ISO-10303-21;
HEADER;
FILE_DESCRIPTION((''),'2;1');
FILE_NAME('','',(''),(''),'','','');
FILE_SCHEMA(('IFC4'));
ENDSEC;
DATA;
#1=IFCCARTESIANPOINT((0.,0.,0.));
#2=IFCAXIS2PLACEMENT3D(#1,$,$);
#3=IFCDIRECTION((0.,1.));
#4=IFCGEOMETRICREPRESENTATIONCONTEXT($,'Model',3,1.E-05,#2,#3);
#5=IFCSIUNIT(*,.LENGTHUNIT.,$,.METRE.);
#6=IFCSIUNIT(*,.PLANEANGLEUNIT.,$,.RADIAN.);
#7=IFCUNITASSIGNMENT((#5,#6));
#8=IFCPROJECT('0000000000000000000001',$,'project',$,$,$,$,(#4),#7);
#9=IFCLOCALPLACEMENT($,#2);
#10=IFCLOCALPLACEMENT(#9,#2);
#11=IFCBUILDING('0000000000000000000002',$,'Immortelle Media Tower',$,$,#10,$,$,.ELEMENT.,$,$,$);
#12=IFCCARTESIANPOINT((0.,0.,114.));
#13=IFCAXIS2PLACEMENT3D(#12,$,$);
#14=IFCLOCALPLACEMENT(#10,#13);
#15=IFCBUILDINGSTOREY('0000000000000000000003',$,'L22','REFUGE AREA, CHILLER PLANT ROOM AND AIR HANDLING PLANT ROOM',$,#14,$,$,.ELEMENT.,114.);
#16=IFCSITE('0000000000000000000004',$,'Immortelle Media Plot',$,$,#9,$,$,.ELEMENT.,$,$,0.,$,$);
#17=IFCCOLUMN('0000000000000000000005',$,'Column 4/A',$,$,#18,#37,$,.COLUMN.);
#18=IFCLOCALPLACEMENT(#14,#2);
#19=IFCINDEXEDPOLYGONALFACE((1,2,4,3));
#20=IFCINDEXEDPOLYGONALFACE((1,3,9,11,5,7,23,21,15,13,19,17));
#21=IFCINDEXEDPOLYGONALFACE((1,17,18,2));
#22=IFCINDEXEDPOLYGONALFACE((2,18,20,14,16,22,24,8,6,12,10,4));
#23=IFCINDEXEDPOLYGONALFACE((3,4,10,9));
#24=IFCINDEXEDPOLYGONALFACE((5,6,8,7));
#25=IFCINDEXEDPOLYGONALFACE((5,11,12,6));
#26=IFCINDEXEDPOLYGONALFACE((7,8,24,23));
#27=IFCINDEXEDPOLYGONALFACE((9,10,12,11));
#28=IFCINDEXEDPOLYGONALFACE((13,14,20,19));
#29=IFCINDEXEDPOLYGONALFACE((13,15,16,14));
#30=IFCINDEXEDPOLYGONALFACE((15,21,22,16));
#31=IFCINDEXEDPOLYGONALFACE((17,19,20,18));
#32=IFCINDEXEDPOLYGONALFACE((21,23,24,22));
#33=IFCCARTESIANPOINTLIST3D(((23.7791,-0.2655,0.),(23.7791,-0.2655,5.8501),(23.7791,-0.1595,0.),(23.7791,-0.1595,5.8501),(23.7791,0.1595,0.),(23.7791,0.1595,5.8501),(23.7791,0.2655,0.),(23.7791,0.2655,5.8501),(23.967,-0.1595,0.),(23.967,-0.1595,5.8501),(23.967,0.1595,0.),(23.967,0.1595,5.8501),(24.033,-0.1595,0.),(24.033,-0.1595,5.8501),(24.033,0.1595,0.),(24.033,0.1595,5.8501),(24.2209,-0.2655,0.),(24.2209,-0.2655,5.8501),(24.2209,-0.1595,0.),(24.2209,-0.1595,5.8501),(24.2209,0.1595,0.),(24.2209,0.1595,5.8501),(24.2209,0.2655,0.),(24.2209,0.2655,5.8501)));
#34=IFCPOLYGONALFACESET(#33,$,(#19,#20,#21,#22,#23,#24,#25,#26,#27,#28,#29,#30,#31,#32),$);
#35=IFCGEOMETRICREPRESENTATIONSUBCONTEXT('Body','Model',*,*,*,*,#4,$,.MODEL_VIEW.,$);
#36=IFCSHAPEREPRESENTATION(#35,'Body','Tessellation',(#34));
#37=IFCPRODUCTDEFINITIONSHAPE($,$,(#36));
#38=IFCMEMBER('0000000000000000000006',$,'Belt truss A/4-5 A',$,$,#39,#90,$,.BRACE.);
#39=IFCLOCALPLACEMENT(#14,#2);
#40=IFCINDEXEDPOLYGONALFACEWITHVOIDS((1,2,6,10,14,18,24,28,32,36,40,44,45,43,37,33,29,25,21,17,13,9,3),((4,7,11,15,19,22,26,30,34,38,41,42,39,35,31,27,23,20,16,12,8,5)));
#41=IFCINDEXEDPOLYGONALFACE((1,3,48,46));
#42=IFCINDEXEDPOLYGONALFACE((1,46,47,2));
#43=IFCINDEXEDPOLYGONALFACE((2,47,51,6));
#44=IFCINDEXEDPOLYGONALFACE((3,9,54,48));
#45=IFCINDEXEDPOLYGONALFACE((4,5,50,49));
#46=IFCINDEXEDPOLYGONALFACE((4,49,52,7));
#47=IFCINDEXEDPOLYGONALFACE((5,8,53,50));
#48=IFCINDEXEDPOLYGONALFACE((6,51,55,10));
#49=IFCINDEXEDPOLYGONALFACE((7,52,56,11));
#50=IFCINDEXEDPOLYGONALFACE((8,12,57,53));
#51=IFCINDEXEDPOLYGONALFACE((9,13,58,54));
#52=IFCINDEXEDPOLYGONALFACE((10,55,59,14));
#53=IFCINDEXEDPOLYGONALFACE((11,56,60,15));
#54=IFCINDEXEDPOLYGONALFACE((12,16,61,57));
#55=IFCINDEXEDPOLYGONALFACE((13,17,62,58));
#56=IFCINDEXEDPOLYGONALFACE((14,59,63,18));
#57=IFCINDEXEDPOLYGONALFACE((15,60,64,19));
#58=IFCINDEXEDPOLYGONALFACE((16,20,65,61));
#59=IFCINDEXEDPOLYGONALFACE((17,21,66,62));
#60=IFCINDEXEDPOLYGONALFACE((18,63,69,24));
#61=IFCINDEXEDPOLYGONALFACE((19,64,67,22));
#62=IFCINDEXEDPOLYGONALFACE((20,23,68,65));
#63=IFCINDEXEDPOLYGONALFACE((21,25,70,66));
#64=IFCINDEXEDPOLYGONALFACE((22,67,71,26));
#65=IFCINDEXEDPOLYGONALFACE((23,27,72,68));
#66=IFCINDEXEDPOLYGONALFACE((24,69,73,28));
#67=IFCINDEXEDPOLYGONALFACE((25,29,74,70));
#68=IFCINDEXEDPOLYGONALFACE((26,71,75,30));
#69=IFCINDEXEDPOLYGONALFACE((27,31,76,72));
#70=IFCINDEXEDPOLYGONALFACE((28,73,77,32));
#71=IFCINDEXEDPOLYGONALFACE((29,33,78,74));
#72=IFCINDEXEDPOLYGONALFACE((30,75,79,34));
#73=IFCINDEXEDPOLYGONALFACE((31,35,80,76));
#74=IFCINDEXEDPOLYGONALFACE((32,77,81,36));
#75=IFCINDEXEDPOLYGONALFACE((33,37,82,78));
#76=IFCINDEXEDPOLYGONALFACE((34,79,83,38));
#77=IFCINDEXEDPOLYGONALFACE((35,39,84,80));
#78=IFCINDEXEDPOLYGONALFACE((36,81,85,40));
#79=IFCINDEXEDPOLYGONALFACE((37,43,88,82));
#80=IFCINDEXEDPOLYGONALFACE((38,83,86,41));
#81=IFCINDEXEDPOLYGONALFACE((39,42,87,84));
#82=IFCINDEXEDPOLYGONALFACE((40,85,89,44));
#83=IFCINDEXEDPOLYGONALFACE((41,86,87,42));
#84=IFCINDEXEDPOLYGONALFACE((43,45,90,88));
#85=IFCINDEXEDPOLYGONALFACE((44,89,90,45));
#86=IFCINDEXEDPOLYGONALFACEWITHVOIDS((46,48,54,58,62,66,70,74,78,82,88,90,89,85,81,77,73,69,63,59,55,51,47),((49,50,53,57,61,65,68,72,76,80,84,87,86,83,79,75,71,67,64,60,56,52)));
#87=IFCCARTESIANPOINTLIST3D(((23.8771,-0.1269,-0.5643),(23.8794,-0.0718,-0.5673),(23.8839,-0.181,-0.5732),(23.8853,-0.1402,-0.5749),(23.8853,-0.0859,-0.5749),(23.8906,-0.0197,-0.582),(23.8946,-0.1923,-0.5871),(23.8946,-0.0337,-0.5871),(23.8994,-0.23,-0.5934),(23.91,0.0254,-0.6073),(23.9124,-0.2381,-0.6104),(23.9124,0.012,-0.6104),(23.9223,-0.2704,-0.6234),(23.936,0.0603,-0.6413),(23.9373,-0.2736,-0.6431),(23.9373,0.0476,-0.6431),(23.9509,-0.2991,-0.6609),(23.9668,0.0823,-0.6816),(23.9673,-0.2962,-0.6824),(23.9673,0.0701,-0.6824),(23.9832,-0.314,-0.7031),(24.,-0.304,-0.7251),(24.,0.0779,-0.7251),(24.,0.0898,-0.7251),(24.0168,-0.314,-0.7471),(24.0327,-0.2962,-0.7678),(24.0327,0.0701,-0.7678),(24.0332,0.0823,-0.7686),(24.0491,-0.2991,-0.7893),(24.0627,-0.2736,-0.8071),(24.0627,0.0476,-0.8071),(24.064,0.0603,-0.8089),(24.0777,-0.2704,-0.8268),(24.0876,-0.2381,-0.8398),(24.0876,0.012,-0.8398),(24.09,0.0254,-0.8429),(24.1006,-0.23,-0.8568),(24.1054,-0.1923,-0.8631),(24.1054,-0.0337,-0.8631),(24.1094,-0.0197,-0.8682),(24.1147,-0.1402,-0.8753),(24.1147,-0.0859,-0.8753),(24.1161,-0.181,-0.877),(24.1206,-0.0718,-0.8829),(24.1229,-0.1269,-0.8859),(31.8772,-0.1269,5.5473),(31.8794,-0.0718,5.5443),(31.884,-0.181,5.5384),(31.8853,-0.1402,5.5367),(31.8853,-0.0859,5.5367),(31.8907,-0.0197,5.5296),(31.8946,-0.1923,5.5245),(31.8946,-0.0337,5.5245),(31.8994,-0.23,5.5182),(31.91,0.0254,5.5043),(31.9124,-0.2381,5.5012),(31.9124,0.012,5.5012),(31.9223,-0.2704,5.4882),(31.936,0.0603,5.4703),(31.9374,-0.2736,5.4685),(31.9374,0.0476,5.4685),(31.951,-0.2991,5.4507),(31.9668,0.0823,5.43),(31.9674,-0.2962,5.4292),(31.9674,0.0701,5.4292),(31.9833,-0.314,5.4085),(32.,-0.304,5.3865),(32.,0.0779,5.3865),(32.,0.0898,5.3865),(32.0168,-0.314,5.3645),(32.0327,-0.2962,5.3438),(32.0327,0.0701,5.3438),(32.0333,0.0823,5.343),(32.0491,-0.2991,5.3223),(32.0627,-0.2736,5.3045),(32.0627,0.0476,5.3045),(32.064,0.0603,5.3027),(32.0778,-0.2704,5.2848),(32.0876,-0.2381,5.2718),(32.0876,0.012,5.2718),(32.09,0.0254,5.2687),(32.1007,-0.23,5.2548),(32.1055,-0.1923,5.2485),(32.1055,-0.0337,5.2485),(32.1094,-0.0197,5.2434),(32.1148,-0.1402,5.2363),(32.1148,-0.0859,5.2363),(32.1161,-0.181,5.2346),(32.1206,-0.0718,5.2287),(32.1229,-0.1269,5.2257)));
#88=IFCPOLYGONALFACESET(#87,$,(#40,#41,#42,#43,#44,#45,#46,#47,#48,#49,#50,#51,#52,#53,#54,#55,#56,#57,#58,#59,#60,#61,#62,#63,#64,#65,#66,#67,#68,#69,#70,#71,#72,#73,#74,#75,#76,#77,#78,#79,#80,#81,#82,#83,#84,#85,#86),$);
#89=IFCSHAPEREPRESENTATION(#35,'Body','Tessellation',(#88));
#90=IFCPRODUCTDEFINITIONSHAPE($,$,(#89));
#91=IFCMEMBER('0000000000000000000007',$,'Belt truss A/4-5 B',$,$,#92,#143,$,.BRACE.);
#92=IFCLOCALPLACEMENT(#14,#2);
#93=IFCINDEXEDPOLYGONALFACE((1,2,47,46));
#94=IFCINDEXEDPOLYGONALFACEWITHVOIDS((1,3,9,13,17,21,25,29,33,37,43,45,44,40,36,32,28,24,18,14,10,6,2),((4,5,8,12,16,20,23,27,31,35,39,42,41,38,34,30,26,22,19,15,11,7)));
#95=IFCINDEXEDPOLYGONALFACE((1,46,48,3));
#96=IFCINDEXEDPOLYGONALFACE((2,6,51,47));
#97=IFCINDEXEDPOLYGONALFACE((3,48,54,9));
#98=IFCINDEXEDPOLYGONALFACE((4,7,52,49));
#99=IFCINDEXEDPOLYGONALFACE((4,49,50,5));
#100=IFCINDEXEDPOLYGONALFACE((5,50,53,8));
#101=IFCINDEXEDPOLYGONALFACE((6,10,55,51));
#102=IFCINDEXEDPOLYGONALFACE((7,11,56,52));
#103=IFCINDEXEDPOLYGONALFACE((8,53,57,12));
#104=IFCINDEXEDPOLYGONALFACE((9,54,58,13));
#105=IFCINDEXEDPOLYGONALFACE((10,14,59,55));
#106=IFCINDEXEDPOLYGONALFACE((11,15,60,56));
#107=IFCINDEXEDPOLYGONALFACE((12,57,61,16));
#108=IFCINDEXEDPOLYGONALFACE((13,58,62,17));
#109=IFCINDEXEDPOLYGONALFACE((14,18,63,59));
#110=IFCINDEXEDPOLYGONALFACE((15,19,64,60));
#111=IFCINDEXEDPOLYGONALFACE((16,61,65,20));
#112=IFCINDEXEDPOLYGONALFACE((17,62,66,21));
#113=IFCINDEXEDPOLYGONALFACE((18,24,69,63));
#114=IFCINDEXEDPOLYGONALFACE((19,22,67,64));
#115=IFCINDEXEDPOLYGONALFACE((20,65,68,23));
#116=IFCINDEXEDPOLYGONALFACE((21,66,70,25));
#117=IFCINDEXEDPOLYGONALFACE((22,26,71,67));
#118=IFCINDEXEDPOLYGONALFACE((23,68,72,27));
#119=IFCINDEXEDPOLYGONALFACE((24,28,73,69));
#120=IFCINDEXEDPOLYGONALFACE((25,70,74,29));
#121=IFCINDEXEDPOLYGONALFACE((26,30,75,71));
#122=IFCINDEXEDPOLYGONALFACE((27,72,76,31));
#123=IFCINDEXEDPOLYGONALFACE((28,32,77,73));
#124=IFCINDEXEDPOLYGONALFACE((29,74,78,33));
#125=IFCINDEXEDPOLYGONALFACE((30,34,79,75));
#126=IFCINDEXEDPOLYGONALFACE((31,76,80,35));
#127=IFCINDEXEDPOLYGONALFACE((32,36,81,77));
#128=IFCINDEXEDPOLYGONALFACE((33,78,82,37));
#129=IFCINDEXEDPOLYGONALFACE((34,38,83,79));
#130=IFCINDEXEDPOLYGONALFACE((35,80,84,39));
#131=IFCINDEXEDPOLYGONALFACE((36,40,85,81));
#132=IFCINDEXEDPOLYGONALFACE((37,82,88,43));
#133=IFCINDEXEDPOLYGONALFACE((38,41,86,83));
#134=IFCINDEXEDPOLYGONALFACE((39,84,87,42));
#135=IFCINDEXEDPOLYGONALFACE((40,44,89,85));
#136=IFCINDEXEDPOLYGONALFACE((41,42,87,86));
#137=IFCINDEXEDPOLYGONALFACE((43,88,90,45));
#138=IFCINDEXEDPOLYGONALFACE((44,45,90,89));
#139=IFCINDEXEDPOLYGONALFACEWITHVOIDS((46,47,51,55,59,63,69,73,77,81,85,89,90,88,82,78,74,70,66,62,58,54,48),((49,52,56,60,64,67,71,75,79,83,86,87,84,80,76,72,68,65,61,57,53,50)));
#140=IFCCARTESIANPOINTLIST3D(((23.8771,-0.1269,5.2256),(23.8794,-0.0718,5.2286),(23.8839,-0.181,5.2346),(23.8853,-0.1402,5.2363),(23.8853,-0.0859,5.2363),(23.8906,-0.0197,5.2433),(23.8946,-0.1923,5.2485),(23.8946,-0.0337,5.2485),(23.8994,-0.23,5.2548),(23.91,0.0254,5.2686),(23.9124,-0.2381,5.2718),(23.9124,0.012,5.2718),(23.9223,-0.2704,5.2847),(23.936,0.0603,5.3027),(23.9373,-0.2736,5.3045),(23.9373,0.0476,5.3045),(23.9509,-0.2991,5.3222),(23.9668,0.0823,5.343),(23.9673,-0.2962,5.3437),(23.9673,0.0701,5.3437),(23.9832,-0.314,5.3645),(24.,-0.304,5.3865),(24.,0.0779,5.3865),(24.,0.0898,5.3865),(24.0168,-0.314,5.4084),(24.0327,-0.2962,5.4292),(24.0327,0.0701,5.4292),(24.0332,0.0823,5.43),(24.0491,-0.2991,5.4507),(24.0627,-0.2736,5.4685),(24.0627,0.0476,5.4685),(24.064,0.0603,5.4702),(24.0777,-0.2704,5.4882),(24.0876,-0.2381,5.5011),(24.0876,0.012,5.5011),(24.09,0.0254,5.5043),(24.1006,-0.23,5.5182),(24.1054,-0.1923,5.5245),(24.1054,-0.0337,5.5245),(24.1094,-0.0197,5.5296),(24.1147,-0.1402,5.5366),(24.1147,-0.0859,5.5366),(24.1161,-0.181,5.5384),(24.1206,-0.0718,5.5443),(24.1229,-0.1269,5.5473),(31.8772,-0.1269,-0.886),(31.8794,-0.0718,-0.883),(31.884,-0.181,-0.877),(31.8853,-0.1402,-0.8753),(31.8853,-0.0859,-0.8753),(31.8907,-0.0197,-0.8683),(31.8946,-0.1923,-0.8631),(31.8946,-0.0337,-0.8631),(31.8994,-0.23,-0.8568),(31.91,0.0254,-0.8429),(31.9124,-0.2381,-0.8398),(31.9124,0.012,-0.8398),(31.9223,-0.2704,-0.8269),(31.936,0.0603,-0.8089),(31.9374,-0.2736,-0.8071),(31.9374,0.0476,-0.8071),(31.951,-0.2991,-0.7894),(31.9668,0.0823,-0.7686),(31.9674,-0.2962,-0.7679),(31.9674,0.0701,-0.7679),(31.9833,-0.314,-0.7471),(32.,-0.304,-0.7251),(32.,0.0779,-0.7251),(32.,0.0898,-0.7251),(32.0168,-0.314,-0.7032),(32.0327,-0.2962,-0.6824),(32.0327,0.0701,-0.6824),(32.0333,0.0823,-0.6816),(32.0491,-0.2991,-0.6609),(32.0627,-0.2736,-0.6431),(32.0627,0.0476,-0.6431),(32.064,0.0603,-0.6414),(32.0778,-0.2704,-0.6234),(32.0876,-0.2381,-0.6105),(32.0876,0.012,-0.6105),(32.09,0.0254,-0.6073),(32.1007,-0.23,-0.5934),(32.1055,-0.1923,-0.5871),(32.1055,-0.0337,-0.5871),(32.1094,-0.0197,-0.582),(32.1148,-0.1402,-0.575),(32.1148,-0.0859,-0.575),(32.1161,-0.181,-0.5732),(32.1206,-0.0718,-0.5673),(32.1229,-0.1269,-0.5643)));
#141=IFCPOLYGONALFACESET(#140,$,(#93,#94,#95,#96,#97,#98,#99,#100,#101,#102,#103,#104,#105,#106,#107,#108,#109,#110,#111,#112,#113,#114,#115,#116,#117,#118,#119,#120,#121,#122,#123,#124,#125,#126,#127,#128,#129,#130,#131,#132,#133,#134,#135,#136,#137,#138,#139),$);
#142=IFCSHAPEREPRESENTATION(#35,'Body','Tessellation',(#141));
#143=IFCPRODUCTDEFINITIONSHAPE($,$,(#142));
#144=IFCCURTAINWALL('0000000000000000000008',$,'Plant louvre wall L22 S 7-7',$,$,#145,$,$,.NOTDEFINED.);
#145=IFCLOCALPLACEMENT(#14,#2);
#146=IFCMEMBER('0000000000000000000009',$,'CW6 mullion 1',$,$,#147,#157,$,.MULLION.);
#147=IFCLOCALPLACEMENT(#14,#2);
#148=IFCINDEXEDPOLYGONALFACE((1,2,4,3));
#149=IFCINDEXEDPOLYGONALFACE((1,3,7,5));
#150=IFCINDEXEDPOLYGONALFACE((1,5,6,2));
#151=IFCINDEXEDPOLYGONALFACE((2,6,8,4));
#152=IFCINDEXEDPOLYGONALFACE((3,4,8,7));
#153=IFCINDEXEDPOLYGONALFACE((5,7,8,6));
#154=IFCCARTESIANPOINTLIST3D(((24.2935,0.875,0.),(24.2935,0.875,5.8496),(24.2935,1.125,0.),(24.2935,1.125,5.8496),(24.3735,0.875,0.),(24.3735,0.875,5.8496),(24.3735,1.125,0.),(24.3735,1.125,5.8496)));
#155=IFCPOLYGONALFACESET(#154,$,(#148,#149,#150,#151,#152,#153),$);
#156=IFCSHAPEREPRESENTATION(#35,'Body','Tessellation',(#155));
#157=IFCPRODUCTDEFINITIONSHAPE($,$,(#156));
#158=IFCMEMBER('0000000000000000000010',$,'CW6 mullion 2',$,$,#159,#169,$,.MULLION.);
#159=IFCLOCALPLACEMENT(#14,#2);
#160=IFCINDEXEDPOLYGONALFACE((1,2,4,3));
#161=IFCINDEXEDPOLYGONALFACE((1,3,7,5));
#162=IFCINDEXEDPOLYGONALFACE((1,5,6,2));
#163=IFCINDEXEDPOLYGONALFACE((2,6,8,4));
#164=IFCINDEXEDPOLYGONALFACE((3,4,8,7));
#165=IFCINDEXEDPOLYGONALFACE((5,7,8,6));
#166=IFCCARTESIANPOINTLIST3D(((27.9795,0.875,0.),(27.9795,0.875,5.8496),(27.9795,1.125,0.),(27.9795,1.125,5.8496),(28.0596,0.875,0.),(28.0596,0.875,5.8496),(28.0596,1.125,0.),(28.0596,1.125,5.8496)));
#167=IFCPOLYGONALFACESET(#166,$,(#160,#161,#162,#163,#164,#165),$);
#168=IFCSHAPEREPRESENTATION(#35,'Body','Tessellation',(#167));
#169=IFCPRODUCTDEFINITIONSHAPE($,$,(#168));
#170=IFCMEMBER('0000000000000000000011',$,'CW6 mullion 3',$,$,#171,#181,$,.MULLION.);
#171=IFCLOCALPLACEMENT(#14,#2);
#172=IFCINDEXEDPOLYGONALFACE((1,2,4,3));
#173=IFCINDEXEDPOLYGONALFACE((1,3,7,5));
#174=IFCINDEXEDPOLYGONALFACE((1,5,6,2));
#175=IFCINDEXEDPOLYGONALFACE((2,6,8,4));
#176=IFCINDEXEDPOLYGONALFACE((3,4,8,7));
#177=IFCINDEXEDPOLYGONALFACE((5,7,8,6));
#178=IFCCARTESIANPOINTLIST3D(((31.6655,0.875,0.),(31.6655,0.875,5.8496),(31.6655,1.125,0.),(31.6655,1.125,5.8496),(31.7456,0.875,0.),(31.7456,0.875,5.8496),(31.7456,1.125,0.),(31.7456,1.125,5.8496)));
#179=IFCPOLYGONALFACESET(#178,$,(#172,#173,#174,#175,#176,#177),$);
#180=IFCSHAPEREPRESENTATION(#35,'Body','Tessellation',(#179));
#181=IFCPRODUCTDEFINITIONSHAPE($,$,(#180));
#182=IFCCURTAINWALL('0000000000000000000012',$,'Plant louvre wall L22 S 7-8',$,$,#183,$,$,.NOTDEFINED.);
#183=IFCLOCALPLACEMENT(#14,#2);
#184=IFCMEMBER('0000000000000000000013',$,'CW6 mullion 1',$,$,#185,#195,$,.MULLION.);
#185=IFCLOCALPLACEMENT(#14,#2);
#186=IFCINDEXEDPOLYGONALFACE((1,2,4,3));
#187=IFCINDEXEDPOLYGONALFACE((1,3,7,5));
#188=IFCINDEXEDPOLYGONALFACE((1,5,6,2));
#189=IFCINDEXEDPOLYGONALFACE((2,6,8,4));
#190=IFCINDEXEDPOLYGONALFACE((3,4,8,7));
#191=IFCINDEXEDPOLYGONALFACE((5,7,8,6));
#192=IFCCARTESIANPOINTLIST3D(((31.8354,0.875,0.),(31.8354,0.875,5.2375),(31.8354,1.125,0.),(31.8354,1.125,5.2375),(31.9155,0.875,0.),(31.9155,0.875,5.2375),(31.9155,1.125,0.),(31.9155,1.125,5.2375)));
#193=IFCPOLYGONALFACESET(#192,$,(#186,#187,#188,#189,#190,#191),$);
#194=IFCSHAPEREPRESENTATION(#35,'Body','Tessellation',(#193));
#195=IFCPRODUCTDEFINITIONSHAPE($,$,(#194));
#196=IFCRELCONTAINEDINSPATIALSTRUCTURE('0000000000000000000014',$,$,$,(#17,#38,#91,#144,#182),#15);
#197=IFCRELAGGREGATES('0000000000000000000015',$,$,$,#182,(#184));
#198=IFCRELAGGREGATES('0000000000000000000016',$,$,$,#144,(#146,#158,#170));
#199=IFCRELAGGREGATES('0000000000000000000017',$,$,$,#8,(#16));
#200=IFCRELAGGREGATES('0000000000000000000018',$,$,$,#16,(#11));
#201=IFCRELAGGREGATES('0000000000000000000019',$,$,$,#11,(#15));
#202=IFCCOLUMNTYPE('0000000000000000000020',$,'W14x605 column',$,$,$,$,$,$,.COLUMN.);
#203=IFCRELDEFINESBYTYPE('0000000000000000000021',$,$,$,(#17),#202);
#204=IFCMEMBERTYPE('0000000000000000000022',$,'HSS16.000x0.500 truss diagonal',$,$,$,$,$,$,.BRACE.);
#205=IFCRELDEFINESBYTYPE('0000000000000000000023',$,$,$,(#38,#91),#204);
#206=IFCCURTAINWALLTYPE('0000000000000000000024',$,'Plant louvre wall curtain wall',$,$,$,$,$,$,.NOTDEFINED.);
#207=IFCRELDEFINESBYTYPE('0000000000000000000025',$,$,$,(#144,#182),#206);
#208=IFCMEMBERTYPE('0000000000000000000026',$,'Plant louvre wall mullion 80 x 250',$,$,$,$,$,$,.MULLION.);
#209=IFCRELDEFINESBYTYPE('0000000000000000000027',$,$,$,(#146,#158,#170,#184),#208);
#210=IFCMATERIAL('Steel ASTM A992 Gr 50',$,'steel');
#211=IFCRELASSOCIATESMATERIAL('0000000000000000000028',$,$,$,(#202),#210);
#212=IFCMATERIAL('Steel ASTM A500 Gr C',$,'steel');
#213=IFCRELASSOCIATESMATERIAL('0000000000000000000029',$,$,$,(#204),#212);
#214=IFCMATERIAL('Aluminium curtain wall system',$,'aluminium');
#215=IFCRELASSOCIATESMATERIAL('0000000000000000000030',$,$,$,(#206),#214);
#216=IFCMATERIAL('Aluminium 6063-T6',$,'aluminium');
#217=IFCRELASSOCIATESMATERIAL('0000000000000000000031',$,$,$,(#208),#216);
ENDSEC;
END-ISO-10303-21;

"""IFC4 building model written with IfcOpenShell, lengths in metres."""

from ifc_helpers import new_model, si_unit, direction, frame, origin, origin_2d, place, context, subcontext, project, spatial, rectangle, hollow_circle, i_section, extrude, material, material_profile, profile_set, type_object, element, aggregate, save


model = new_model("IFC4")

# Units and contexts
model_context = context("Model", 3, precision=1e-05, world=origin(), true_north=direction((0.0, 1.0)))
body_context = subcontext(model_context, "Body", "Model", "MODEL_VIEW")
ifc_project = project(units=[si_unit("LENGTHUNIT", "METRE"), si_unit("PLANEANGLEUNIT", "RADIAN")], contexts=[model_context])

# Site, building, storey
site_placement = place(None, origin())
site = spatial("IfcSite", under=ifc_project, at=site_placement, Name="Immortelle Media Plot", CompositionType="ELEMENT", RefElevation=0.0)
building_placement = place(site_placement, origin())
building = spatial("IfcBuilding", under=site, at=building_placement, Name="Immortelle Media Tower", CompositionType="ELEMENT")
storey_placement = place(building_placement, frame((0.0, 0.0, 114.0)))
storey = spatial("IfcBuildingStorey", under=building, at=storey_placement, Name="L22", Description="REFUGE AREA, CHILLER PLANT ROOM AND AIR HANDLING PLANT ROOM", CompositionType="ELEMENT", Elevation=114.0)

# Column
ifc_material_1 = material(Name="Steel ASTM A992 Gr 50", Category="steel")
ifc_material_profile_1 = material_profile(ifc_material_1, i_section(OverallWidth=0.4419, OverallDepth=0.531, WebThickness=0.0659, FlangeThickness=0.106, at=origin_2d()), Name="W14x605")
ifc_profile_set_1 = profile_set([ifc_material_profile_1], Name="Steel ASTM A992 Gr 50")
column_type = type_object("IfcColumnType", Name="W14x605 column", PredefinedType="COLUMN", material=ifc_profile_set_1)
column_placement = place(storey_placement, frame((24.0, 0.0, 0.0), z_axis=(0.0, 0.0, 1.0), x_axis=(1.0, 0.0, 0.0)))
element("IfcColumn", 1, at=column_placement, inside=storey, type_object=column_type, Name="Column 4/A", PredefinedType="COLUMN", context=body_context, shape_type="SweptSolid", body=[
    extrude(i_section(OverallWidth=0.4419, OverallDepth=0.531, WebThickness=0.0659, FlangeThickness=0.106, at=origin_2d()), origin(), (0.0, 0.0, 1.0), 5.8501),
])

# Members
ifc_material_2 = material(Name="Steel ASTM A500 Gr C", Category="steel")
ifc_material_profile_2 = material_profile(ifc_material_2, hollow_circle(Radius=0.2029, WallThickness=0.012, at=origin_2d()), Name="HSS16.000x0.500 truss diagonal")
ifc_profile_set_2 = profile_set([ifc_material_profile_2], Name="Steel ASTM A500 Gr C")
member_type_1 = type_object("IfcMemberType", Name="HSS16.000x0.500 truss diagonal", PredefinedType="BRACE", material=ifc_profile_set_2)
for number, where, z_axis, x_axis, name in (
    (2, (24.0, -0.113, -0.7251), (0.794649, 0.0, 0.607069), (0.0, 1.0, 0.0), "Belt truss A/4-5 A"),
    (3, (24.0, -0.113, 5.3865), (0.794649, 0.0, -0.607069), (0.0, 1.0, 0.0), "Belt truss A/4-5 B"),
):
    element("IfcMember", number, at=place(storey_placement, frame(where, z_axis=z_axis, x_axis=x_axis)), inside=storey, type_object=member_type_1, Name=name, PredefinedType="BRACE", context=body_context, shape_type="SweptSolid", body=[
        extrude(hollow_circle(Radius=0.2029, WallThickness=0.012, at=origin_2d()), origin(), (0.0, 0.0, 1.0), 10.0674),
    ])

# Curtain wall, members
ifc_material_3 = material(Name="Aluminium curtain wall system", Category="aluminium")
curtain_wall_type = type_object("IfcCurtainWallType", Name="Plant louvre wall curtain wall", PredefinedType="NOTDEFINED", material=ifc_material_3)
curtain_wall_1_placement = place(storey_placement, origin())
curtain_wall_1 = element("IfcCurtainWall", 4, at=curtain_wall_1_placement, inside=storey, type_object=curtain_wall_type, Name="Plant louvre wall L22 S 7-7", PredefinedType="NOTDEFINED")
ifc_material_4 = material(Name="Aluminium 6063-T6", Category="aluminium")
ifc_material_profile_3 = material_profile(ifc_material_4, rectangle(XDim=0.25, YDim=0.0801, at=origin_2d()), Name="AL 80x250")
ifc_profile_set_3 = profile_set([ifc_material_profile_3], Name="Aluminium 6063-T6")
member_type_2 = type_object("IfcMemberType", Name="Plant louvre wall mullion 80 x 250", PredefinedType="MULLION", material=ifc_profile_set_3)
member_1_placement = place(storey_placement, frame((24.3335, 1.0, 0.0), z_axis=(0.0, 0.0, 1.0), x_axis=(0.0, 1.0, 0.0)))
member_1 = element("IfcMember", 5, at=member_1_placement, type_object=member_type_2, Name="CW6 mullion 1", PredefinedType="MULLION", context=body_context, shape_type="SweptSolid", body=[
    extrude(rectangle(XDim=0.25, YDim=0.0801, at=origin_2d()), origin(), (0.0, 0.0, 1.0), 5.8496),
])
member_2_placement = place(storey_placement, frame((28.0195, 1.0, 0.0), z_axis=(0.0, 0.0, 1.0), x_axis=(0.0, 1.0, 0.0)))
member_2 = element("IfcMember", 6, at=member_2_placement, type_object=member_type_2, Name="CW6 mullion 2", PredefinedType="MULLION", context=body_context, shape_type="SweptSolid", body=[
    extrude(rectangle(XDim=0.25, YDim=0.0801, at=origin_2d()), origin(), (0.0, 0.0, 1.0), 5.8496),
])
member_3_placement = place(storey_placement, frame((31.7056, 1.0, 0.0), z_axis=(0.0, 0.0, 1.0), x_axis=(0.0, 1.0, 0.0)))
member_3 = element("IfcMember", 7, at=member_3_placement, type_object=member_type_2, Name="CW6 mullion 3", PredefinedType="MULLION", context=body_context, shape_type="SweptSolid", body=[
    extrude(rectangle(XDim=0.25, YDim=0.0801, at=origin_2d()), origin(), (0.0, 0.0, 1.0), 5.8496),
])

# Curtain wall, member
curtain_wall_2_placement = place(storey_placement, origin())
curtain_wall_2 = element("IfcCurtainWall", 8, at=curtain_wall_2_placement, inside=storey, type_object=curtain_wall_type, Name="Plant louvre wall L22 S 7-8", PredefinedType="NOTDEFINED")
member_4_placement = place(storey_placement, frame((31.8755, 1.0, 0.0), z_axis=(0.0, 0.0, 1.0), x_axis=(0.0, 1.0, 0.0)))
member_4 = element("IfcMember", 9, at=member_4_placement, type_object=member_type_2, Name="CW6 mullion 1", PredefinedType="MULLION", context=body_context, shape_type="SweptSolid", body=[
    extrude(rectangle(XDim=0.25, YDim=0.0801, at=origin_2d()), origin(), (0.0, 0.0, 1.0), 5.2375),
])

aggregate(curtain_wall_2, [member_4])

aggregate(curtain_wall_1, [member_1, member_2, member_3])

save(model, "model.ifc")
